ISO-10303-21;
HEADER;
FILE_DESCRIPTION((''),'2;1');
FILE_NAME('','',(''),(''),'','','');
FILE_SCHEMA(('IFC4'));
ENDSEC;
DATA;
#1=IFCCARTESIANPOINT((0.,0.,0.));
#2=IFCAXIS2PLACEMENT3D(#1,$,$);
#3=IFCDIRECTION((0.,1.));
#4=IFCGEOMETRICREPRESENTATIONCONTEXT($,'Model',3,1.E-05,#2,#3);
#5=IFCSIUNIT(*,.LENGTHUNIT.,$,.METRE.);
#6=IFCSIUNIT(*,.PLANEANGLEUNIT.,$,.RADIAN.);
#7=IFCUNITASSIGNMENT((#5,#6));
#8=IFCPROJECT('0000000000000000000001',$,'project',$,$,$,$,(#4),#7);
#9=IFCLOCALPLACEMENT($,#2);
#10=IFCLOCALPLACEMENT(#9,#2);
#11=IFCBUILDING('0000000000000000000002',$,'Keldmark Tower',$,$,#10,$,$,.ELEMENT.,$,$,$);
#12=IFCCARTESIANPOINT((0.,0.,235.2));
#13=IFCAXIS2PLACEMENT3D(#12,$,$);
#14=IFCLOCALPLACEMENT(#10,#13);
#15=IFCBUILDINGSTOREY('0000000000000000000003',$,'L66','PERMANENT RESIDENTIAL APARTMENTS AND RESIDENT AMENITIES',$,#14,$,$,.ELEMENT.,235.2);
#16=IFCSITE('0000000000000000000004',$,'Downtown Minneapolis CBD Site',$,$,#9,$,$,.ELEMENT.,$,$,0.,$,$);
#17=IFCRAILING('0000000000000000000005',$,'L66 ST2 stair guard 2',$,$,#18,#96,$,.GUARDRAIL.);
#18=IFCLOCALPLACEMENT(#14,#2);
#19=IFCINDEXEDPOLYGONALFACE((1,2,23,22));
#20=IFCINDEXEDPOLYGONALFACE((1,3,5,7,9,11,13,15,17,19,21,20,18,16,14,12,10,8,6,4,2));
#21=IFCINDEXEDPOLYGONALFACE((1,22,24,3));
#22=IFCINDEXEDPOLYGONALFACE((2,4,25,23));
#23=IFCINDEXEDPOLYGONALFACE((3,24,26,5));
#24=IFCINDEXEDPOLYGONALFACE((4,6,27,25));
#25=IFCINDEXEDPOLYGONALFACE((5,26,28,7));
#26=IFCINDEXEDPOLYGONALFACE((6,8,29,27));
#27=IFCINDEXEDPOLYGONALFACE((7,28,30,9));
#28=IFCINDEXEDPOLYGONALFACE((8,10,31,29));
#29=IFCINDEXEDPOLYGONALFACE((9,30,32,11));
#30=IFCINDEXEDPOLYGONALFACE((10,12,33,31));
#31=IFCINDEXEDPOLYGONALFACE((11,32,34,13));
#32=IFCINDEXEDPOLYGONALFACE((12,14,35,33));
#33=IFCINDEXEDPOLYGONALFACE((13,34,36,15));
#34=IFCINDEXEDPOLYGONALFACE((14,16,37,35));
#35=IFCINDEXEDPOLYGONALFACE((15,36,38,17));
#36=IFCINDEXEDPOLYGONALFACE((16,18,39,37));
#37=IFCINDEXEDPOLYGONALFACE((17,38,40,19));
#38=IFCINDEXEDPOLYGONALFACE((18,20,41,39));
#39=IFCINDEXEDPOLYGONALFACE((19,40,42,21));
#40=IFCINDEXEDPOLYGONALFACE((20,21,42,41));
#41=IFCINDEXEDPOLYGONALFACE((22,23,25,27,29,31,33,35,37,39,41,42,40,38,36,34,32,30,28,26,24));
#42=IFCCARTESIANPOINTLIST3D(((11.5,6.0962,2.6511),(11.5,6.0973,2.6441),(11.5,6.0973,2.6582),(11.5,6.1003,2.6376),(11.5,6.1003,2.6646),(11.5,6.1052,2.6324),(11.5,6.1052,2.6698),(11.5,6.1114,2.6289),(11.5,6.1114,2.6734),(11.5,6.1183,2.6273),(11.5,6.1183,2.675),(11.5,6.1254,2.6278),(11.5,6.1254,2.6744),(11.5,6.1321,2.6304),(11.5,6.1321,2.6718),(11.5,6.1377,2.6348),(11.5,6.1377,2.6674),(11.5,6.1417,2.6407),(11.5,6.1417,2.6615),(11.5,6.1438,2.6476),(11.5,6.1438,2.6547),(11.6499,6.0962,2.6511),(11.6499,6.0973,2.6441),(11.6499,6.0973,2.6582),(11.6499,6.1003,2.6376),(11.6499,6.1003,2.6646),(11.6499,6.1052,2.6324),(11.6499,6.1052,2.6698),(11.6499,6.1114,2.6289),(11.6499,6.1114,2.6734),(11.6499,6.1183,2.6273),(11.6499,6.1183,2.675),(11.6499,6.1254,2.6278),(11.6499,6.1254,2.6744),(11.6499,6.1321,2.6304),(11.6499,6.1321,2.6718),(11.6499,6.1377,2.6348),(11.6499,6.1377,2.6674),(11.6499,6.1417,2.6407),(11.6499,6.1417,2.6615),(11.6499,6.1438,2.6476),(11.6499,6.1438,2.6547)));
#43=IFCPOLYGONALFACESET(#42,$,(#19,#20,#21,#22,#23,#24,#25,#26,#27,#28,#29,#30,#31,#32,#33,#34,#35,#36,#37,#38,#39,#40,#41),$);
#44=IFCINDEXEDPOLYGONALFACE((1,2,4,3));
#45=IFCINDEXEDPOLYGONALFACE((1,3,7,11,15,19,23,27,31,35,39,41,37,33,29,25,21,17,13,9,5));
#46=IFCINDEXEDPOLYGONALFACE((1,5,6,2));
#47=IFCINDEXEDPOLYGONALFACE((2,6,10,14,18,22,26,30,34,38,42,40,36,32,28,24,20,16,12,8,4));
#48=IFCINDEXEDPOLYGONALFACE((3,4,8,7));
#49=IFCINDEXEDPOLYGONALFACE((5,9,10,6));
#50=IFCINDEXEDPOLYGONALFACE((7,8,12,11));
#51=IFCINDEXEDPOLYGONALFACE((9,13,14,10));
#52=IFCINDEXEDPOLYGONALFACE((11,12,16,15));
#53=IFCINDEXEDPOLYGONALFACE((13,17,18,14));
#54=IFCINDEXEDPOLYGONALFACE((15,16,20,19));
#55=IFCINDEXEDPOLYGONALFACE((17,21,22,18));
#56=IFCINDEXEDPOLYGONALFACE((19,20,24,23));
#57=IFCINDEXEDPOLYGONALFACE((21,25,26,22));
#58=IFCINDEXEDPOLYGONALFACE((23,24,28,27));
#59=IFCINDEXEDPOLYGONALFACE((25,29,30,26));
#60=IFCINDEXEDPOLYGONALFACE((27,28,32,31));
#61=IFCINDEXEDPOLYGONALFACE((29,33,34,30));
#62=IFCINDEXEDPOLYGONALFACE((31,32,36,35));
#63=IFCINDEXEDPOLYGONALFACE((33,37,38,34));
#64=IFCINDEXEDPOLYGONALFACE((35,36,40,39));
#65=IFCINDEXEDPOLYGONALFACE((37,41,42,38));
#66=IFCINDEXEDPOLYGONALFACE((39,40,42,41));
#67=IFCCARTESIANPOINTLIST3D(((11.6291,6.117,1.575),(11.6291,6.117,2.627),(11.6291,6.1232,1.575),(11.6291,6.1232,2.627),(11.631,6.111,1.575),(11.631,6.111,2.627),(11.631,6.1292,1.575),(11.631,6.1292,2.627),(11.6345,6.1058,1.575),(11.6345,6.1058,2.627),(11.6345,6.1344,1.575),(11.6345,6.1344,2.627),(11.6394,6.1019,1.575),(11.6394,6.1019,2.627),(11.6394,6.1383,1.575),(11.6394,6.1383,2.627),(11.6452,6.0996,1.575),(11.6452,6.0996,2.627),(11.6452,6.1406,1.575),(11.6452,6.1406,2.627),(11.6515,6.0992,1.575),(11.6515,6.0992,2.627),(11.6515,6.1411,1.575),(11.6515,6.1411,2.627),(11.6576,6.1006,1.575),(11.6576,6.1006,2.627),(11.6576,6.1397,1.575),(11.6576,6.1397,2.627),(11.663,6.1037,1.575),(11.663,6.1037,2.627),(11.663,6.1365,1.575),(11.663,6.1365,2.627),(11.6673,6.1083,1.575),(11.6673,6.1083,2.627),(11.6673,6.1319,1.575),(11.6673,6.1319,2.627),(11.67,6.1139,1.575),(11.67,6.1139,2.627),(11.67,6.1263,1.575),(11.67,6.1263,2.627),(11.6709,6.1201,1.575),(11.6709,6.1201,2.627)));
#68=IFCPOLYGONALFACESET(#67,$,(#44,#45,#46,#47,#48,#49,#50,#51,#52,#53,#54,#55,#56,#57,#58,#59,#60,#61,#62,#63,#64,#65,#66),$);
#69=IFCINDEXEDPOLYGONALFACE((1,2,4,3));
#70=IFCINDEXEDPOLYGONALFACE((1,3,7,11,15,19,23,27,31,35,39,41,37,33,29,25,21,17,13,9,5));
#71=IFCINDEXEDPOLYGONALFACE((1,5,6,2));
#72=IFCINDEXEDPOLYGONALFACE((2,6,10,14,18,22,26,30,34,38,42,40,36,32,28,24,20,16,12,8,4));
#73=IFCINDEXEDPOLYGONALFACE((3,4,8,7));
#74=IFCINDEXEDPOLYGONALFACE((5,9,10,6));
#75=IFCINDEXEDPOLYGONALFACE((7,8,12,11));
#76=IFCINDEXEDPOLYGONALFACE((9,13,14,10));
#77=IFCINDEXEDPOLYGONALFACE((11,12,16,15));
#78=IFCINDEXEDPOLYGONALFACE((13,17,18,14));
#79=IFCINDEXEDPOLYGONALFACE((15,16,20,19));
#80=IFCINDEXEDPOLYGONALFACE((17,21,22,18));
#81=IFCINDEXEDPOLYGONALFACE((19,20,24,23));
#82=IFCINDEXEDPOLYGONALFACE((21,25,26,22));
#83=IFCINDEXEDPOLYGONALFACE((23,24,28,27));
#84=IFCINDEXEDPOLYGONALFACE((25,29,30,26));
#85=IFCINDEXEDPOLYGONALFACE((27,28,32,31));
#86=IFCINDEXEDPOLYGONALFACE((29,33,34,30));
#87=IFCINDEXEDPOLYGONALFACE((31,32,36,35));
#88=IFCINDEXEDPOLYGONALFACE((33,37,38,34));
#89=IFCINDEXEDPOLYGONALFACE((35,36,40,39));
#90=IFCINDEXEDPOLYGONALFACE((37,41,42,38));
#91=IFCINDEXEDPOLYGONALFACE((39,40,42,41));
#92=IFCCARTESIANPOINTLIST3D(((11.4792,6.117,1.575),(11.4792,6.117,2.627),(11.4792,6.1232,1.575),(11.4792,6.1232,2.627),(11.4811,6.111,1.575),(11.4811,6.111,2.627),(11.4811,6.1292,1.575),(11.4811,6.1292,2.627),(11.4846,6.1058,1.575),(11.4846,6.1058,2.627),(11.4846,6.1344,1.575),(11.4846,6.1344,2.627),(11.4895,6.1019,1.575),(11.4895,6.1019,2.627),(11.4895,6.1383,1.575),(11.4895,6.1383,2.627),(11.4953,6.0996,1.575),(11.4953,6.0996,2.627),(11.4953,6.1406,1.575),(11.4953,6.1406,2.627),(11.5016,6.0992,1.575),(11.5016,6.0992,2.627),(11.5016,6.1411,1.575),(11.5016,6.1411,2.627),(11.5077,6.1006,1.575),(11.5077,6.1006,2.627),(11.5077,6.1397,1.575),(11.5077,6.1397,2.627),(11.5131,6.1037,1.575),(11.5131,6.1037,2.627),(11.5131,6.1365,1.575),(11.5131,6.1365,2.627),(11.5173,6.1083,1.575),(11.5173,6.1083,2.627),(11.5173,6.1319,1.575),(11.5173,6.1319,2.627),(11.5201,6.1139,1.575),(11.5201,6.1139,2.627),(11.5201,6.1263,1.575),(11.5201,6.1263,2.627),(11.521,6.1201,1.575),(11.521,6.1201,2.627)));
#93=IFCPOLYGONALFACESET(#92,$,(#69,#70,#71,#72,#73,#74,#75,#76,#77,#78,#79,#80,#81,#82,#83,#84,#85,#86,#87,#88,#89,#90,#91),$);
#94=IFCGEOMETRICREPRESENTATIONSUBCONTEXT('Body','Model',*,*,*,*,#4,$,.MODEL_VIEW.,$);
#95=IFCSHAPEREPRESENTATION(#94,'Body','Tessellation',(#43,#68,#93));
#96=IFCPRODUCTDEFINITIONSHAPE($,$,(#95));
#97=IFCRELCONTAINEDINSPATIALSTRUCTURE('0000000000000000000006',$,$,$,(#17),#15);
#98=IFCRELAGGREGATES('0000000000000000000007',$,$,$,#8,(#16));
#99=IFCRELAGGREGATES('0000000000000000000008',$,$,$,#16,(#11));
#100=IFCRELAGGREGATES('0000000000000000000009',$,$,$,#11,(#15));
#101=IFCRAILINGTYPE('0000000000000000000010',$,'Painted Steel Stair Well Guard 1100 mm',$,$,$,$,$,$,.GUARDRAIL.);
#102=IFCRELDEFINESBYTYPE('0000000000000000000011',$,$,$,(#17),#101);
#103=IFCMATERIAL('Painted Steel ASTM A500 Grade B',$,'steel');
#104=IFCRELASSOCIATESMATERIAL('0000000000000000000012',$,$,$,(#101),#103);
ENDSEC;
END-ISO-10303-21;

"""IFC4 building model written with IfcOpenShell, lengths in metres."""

from ifc_helpers import new_model, si_unit, direction, frame, origin, origin_2d, place, context, subcontext, project, spatial, circle, extrude, material, type_object, element, save


model = new_model("IFC4")

# Units and contexts
model_context = context("Model", 3, precision=1e-05, world=origin(), true_north=direction((0.0, 1.0)))
body_context = subcontext(model_context, "Body", "Model", "MODEL_VIEW")
ifc_project = project(units=[si_unit("LENGTHUNIT", "METRE"), si_unit("PLANEANGLEUNIT", "RADIAN")], contexts=[model_context])

# Site, building, storey
site_placement = place(None, origin())
site = spatial("IfcSite", under=ifc_project, at=site_placement, Name="Downtown Minneapolis CBD Site", CompositionType="ELEMENT", RefElevation=0.0)
building_placement = place(site_placement, origin())
building = spatial("IfcBuilding", under=site, at=building_placement, Name="Keldmark Tower", CompositionType="ELEMENT")
storey_placement = place(building_placement, frame((0.0, 0.0, 235.2)))
storey = spatial("IfcBuildingStorey", under=building, at=storey_placement, Name="L66", Description="PERMANENT RESIDENTIAL APARTMENTS AND RESIDENT AMENITIES", CompositionType="ELEMENT", Elevation=235.2)

# Railing
ifc_material_1 = material(Name="Painted Steel ASTM A500 Grade B", Category="steel")
railing_type_1 = type_object("IfcRailingType", Name="Painted Steel Stair Well Guard 1100 mm", PredefinedType="GUARDRAIL", material=ifc_material_1)
railing_1_placement = place(storey_placement, frame((11.6499, 6.1201, 1.575)))
element("IfcRailing", 1, at=railing_1_placement, inside=storey, type_object=railing_type_1, Name="L66 ST2 stair guard 2", PredefinedType="GUARDRAIL", context=body_context, shape_type="SweptSolid", body=[
    extrude(circle(Radius=0.0239, at=origin_2d()), frame((0.0, 0.0, 1.0762), z_axis=(-1.0, 0.0, 0.0), x_axis=(0.0, -1.0, 0.0)), (0.0, 0.0, 1.0), 0.1499),
    extrude(circle(Radius=0.021, at=origin_2d()), origin(), (0.0, 0.0, 1.0), 1.052),
    extrude(circle(Radius=0.021, at=origin_2d()), frame((-0.1499, 0.0, 0.0)), (0.0, 0.0, 1.0), 1.052),
])

save(model, "model.ifc")
